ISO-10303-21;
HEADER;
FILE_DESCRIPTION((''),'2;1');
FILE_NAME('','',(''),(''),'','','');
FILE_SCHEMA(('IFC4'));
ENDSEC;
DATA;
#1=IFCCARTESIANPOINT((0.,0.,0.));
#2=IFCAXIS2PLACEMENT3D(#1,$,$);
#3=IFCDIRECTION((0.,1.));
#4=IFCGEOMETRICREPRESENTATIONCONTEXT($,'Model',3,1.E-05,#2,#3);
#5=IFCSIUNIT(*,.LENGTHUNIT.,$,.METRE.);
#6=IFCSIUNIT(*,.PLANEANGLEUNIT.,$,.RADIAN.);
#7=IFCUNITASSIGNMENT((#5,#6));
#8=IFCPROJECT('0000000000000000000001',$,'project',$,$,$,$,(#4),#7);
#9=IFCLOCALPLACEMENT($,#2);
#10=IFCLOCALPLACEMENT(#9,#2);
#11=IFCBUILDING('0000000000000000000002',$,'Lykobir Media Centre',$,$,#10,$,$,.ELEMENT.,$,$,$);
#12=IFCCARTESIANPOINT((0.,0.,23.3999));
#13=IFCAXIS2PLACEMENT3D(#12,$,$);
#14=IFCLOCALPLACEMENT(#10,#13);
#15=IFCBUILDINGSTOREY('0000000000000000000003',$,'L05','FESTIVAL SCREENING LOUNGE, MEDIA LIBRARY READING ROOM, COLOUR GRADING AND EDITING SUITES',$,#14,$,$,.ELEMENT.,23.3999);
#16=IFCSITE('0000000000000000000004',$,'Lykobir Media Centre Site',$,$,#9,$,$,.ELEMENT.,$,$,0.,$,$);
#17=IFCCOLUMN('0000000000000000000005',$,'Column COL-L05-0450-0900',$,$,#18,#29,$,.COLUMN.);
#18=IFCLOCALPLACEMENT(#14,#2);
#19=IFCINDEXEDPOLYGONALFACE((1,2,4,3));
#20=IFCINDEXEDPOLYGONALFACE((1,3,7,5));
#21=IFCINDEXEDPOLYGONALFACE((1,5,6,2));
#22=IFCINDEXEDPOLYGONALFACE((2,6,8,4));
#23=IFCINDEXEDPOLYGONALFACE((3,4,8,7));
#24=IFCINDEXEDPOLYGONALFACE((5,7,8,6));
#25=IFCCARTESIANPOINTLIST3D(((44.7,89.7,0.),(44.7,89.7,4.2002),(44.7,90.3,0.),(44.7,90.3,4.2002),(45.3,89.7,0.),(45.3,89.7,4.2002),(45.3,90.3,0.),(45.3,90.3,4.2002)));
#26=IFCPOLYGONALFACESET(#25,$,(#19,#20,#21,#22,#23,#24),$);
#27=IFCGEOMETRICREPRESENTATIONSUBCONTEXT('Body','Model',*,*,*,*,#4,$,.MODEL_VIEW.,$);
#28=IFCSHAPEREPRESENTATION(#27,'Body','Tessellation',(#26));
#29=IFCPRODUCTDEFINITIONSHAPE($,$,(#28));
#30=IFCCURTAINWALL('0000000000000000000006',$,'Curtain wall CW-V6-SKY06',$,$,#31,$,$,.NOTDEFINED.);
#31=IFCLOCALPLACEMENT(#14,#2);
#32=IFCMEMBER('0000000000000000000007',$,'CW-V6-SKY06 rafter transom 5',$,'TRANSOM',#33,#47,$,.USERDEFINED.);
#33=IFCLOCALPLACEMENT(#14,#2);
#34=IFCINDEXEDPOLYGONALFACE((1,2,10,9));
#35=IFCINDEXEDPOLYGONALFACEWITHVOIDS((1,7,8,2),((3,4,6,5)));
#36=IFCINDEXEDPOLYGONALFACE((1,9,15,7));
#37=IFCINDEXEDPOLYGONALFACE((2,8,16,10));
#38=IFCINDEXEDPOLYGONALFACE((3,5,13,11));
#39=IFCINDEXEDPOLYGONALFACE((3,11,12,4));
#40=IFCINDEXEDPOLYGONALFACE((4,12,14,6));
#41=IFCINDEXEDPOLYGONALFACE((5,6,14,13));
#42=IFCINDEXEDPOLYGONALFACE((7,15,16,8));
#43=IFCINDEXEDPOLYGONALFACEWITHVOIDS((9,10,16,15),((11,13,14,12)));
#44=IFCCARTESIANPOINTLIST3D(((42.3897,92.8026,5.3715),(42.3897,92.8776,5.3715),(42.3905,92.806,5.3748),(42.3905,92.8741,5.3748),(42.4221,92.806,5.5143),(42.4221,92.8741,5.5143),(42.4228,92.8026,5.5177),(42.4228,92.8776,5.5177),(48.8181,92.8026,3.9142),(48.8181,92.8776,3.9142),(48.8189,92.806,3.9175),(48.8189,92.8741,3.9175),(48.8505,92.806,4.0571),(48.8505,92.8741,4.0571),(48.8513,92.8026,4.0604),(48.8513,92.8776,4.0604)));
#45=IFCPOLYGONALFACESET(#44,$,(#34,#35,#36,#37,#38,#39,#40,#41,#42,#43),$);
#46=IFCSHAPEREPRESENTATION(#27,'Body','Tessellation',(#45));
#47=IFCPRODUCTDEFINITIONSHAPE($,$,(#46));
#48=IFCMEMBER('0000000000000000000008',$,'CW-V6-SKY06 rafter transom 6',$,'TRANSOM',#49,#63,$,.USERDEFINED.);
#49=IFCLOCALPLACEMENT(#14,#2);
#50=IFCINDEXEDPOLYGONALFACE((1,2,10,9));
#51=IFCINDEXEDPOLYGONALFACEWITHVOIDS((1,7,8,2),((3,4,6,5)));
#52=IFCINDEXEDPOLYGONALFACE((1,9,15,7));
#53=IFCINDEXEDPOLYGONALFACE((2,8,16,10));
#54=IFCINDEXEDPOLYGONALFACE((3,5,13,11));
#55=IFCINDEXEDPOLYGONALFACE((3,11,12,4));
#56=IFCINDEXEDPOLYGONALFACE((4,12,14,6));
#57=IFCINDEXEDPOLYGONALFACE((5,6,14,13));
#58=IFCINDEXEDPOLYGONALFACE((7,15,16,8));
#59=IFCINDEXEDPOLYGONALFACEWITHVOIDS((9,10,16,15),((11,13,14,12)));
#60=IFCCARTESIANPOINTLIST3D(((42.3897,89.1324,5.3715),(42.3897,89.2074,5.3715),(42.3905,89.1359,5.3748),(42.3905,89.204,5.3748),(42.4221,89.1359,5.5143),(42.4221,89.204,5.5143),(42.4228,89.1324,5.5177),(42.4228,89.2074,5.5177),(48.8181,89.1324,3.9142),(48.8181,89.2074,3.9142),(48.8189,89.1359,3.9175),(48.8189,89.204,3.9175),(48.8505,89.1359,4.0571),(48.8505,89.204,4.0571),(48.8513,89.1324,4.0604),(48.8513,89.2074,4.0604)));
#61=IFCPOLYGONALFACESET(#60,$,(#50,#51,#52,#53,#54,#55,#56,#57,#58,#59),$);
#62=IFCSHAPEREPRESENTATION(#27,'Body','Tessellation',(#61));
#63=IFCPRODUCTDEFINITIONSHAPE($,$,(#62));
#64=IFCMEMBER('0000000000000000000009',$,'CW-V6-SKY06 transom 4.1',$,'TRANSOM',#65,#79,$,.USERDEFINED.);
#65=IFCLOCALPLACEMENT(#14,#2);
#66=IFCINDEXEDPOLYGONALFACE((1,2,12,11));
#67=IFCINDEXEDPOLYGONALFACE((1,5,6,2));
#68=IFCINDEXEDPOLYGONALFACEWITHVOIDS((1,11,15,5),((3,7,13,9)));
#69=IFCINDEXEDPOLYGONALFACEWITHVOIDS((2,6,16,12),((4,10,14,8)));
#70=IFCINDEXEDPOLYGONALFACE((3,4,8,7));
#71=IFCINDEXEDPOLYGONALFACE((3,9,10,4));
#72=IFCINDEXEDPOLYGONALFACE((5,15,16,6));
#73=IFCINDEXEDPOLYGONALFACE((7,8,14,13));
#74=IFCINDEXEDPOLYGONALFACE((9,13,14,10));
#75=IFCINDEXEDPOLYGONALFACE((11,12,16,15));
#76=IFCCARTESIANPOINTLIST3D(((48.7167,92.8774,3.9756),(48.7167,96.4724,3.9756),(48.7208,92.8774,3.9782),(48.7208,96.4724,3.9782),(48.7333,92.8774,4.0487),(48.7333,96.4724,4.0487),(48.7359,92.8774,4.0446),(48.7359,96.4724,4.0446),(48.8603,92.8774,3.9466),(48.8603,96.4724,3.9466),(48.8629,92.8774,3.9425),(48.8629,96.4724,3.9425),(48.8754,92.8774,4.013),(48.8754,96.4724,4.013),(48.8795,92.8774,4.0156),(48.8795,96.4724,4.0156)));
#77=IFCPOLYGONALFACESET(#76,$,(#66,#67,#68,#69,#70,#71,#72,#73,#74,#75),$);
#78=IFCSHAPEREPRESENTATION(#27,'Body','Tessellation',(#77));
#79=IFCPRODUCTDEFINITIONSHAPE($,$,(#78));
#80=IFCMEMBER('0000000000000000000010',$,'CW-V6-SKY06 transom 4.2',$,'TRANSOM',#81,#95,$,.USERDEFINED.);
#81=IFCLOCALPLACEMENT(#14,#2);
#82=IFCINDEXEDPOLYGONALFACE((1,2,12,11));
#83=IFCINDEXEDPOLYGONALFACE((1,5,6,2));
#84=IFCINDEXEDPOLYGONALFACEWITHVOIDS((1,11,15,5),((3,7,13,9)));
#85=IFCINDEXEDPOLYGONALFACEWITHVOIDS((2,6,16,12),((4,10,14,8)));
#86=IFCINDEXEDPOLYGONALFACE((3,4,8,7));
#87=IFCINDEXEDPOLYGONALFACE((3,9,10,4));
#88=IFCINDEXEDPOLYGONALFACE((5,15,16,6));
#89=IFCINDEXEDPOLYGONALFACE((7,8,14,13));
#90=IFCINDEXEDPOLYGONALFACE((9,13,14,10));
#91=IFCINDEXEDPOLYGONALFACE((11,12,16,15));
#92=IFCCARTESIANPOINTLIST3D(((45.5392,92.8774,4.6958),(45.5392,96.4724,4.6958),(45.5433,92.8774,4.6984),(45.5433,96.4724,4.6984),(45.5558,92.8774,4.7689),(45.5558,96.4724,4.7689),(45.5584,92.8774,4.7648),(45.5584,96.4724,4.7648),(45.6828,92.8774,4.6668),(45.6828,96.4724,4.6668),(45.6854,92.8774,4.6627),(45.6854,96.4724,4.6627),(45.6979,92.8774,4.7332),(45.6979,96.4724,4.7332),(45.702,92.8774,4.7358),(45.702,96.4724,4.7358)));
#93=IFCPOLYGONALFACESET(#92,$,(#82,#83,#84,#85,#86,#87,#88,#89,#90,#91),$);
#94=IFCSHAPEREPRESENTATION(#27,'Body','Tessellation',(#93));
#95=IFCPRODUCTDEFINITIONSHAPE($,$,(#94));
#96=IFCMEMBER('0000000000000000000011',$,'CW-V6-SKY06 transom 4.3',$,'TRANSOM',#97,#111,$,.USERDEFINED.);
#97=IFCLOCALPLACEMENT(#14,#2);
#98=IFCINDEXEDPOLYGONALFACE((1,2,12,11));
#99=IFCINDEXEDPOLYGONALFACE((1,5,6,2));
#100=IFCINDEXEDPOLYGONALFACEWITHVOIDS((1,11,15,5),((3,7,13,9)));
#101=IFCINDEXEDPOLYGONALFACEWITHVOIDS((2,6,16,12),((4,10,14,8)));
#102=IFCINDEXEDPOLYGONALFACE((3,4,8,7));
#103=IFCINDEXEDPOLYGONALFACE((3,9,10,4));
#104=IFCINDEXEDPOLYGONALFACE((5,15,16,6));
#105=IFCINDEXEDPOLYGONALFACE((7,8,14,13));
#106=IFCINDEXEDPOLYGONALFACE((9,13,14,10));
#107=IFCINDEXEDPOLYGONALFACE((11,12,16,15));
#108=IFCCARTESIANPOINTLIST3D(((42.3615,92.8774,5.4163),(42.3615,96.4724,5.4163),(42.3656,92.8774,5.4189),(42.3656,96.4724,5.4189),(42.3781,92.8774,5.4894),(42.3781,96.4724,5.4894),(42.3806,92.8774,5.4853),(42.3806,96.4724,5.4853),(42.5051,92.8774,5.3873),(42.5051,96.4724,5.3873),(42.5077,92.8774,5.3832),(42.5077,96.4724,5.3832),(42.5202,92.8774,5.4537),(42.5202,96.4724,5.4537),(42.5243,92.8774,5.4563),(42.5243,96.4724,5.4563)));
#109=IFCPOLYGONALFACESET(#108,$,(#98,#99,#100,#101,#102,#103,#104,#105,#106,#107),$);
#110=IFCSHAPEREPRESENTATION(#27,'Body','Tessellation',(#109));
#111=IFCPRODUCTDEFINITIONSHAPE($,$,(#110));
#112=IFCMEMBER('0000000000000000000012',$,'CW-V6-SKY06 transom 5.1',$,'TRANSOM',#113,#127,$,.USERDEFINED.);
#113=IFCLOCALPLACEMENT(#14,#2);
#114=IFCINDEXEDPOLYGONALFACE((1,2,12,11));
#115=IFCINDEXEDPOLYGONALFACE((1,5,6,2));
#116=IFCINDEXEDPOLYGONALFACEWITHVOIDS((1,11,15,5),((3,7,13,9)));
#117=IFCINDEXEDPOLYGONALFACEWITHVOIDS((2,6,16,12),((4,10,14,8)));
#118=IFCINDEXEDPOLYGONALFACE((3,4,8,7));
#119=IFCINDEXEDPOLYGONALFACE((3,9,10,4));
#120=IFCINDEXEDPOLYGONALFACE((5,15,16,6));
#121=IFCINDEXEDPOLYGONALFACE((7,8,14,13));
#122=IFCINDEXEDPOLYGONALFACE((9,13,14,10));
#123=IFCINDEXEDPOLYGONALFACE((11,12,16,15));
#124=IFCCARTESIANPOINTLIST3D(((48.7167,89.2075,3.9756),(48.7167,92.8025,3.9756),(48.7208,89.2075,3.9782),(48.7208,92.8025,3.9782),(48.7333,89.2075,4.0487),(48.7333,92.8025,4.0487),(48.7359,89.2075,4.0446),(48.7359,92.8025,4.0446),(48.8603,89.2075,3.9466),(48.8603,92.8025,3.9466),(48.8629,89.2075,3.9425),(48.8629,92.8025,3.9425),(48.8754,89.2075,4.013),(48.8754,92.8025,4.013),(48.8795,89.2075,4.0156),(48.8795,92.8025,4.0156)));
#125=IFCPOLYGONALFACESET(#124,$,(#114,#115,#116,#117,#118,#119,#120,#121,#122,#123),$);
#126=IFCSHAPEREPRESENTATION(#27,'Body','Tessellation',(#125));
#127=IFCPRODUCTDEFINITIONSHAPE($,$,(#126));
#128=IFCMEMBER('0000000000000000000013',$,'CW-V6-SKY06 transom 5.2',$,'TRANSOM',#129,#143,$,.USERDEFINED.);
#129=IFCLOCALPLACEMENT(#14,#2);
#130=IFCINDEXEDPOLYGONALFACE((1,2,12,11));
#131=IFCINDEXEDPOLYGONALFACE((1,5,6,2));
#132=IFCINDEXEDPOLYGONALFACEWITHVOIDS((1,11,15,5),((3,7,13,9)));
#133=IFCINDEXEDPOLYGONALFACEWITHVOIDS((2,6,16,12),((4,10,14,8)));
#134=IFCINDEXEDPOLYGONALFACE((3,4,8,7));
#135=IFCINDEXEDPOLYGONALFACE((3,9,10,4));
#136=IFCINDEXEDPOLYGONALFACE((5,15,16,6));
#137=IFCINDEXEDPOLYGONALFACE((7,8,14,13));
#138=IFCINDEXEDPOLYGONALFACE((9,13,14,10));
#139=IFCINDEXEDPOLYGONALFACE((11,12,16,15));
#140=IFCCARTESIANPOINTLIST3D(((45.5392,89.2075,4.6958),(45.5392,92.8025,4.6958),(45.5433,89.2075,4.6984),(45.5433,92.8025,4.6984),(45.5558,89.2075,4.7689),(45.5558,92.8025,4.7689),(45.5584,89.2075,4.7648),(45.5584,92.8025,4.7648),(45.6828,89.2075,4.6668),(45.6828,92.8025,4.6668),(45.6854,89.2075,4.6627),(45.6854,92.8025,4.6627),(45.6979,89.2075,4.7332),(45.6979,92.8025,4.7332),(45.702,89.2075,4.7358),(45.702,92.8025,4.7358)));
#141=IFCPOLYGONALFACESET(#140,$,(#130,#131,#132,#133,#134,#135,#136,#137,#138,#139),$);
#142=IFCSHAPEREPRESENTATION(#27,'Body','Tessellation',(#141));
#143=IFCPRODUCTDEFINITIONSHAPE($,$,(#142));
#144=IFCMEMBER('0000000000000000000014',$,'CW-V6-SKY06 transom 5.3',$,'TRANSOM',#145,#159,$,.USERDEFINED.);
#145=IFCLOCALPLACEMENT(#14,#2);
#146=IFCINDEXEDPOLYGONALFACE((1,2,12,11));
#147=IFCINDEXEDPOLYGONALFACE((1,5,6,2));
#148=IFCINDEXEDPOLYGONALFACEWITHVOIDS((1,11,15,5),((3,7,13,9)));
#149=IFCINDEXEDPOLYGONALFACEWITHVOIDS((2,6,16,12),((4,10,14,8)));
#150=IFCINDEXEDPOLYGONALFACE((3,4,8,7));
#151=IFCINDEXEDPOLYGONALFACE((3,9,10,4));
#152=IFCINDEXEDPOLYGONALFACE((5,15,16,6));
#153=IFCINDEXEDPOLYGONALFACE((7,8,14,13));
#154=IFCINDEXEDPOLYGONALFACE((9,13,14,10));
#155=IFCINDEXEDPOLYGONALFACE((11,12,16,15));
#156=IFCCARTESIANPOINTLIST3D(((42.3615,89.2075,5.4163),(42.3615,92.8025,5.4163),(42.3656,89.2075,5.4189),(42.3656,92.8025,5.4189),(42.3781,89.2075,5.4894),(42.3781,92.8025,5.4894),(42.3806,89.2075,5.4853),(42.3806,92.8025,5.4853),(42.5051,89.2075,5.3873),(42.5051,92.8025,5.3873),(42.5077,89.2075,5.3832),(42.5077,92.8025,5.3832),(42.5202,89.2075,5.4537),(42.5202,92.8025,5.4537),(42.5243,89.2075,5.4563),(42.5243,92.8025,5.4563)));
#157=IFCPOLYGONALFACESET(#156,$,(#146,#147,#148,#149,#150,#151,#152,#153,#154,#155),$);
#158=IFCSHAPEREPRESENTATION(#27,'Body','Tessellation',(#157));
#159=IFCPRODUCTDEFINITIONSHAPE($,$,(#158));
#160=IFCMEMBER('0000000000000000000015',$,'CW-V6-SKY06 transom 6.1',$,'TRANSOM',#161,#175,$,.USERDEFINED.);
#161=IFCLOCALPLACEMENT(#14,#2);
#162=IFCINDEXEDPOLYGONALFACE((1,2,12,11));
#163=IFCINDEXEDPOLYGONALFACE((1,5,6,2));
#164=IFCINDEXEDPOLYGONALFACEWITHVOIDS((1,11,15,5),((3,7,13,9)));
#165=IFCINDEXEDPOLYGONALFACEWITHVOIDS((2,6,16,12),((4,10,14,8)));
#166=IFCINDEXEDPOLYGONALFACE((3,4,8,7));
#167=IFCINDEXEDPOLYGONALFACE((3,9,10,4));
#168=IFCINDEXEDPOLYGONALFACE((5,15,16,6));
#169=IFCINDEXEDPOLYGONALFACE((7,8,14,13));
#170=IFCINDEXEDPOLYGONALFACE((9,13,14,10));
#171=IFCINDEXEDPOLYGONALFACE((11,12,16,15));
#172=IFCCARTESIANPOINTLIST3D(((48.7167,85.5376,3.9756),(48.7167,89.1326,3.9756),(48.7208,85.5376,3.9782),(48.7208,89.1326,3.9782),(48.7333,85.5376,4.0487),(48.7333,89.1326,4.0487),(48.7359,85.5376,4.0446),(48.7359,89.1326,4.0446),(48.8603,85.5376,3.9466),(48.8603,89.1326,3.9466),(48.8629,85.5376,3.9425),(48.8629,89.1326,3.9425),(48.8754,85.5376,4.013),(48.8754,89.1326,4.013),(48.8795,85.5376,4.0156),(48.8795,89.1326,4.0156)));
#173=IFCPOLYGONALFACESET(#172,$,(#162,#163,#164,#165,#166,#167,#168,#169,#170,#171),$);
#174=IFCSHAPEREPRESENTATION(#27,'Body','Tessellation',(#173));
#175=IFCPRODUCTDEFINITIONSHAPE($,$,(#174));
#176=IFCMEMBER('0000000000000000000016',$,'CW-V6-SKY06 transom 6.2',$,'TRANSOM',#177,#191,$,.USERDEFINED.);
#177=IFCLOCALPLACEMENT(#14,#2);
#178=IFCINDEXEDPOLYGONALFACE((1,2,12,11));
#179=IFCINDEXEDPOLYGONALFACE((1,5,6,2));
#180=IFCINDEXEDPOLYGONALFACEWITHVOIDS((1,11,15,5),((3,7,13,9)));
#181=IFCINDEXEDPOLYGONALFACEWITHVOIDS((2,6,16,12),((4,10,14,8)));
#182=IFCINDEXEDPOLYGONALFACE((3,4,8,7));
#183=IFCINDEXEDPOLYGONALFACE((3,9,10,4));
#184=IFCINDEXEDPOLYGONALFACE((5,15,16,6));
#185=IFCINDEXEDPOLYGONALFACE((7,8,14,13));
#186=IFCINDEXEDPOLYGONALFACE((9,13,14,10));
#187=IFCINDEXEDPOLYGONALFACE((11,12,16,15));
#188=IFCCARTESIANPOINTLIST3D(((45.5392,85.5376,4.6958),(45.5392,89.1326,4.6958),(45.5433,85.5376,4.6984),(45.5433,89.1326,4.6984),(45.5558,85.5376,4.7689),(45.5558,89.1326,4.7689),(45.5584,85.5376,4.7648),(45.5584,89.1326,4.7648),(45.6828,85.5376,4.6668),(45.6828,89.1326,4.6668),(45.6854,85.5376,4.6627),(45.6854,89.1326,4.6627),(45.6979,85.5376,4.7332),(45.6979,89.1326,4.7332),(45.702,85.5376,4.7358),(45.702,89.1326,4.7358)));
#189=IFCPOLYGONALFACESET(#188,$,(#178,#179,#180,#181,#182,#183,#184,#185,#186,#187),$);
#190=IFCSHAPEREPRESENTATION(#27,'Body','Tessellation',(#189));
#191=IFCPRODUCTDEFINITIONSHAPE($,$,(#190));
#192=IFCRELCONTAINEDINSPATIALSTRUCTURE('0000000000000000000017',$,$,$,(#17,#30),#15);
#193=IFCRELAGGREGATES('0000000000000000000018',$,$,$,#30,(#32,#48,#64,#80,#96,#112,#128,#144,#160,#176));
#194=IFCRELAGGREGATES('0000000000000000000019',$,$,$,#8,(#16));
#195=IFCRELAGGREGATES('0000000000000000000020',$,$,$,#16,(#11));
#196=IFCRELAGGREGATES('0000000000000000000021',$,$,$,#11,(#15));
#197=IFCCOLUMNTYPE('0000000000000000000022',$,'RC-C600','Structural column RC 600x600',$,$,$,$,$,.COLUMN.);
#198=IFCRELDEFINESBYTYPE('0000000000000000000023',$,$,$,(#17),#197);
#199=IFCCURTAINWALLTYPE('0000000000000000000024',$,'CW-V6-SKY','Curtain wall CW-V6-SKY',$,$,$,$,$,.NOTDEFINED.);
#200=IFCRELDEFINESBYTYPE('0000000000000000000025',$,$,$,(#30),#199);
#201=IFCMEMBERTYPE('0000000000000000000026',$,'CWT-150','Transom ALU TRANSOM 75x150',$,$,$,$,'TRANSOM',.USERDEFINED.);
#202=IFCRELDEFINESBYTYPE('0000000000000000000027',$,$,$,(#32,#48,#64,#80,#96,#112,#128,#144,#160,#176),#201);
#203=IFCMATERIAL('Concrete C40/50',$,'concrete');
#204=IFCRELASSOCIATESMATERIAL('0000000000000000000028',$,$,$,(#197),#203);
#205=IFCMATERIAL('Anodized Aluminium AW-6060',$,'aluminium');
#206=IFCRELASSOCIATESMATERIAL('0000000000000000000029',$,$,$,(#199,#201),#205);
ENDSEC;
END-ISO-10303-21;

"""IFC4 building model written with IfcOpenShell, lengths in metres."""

from ifc_helpers import new_model, si_unit, direction, frame, origin, origin_2d, place, context, subcontext, project, spatial, rectangle, hollow_rectangle, extrude, material, material_profile, profile_set, type_object, element, aggregate, save


model = new_model("IFC4")

# Units and contexts
model_context = context("Model", 3, precision=1e-05, world=origin(), true_north=direction((0.0, 1.0)))
body_context = subcontext(model_context, "Body", "Model", "MODEL_VIEW")
ifc_project = project(units=[si_unit("LENGTHUNIT", "METRE"), si_unit("PLANEANGLEUNIT", "RADIAN")], contexts=[model_context])

# Site, building, storey
site_placement = place(None, origin())
site = spatial("IfcSite", under=ifc_project, at=site_placement, Name="Lykobir Media Centre Site", CompositionType="ELEMENT", RefElevation=0.0)
building_placement = place(site_placement, origin())
building = spatial("IfcBuilding", under=site, at=building_placement, Name="Lykobir Media Centre", CompositionType="ELEMENT")
storey_placement = place(building_placement, frame((0.0, 0.0, 23.3999)))
storey = spatial("IfcBuildingStorey", under=building, at=storey_placement, Name="L05", Description="FESTIVAL SCREENING LOUNGE, MEDIA LIBRARY READING ROOM, COLOUR GRADING AND EDITING SUITES", CompositionType="ELEMENT", Elevation=23.3999)

# Column
ifc_material_1 = material(Name="Concrete C40/50", Category="concrete")
ifc_material_profile_1 = material_profile(ifc_material_1, rectangle(XDim=0.6001, YDim=0.6001, at=origin_2d()), Name="RC 600x600")
ifc_profile_set_1 = profile_set([ifc_material_profile_1], Name="Concrete C40/50")
column_type = type_object("IfcColumnType", Name="RC-C600", Description="Structural column RC 600x600", PredefinedType="COLUMN", material=ifc_profile_set_1)
column_placement = place(storey_placement, frame((45.0, 90.0, 0.0), z_axis=(0.0, 0.0, 1.0), x_axis=(1.0, 0.0, 0.0)))
element("IfcColumn", 1, at=column_placement, inside=storey, type_object=column_type, Name="Column COL-L05-0450-0900", PredefinedType="COLUMN", context=body_context, shape_type="SweptSolid", body=[
    extrude(rectangle(XDim=0.6001, YDim=0.6001, at=origin_2d()), origin(), (0.0, 0.0, 1.0), 4.2002),
])

# Curtain wall, members
ifc_material_2 = material(Name="Anodized Aluminium AW-6060", Category="aluminium")
curtain_wall_type = type_object("IfcCurtainWallType", Name="CW-V6-SKY", Description="Curtain wall CW-V6-SKY", PredefinedType="NOTDEFINED", material=ifc_material_2)
curtain_wall_1_placement = place(storey_placement, origin())
curtain_wall_1 = element("IfcCurtainWall", 2, at=curtain_wall_1_placement, inside=storey, type_object=curtain_wall_type, Name="Curtain wall CW-V6-SKY06", PredefinedType="NOTDEFINED")
ifc_material_profile_2 = material_profile(ifc_material_2, hollow_rectangle(XDim=0.075, YDim=0.1499, WallThickness=0.0034, at=origin_2d()), Name="ALU TRANSOM 75x150")
ifc_profile_set_2 = profile_set([ifc_material_profile_2], Name="Anodized Aluminium AW-6060")
member_type = type_object("IfcMemberType", Name="CWT-150", Description="Transom ALU TRANSOM 75x150", ElementType="TRANSOM", PredefinedType="USERDEFINED", material=ifc_profile_set_2)
member_1_placement = place(storey_placement, frame((48.8347, 92.8401, 3.9873), z_axis=(-0.975255, 0.0, 0.221082), x_axis=(0.0, -1.0, 0.0)))
member_1 = element("IfcMember", 3, at=member_1_placement, type_object=member_type, Name="CW-V6-SKY06 rafter transom 5", ObjectType="TRANSOM", PredefinedType="USERDEFINED", context=body_context, shape_type="SweptSolid", body=[
    extrude(hollow_rectangle(XDim=0.075, YDim=0.1499, WallThickness=0.0034, at=origin_2d()), origin(), (0.0, 0.0, 1.0), 6.5916),
])
member_2_placement = place(storey_placement, frame((48.8347, 89.1699, 3.9873), z_axis=(-0.975255, 0.0, 0.221082), x_axis=(0.0, -1.0, 0.0)))
member_2 = element("IfcMember", 4, at=member_2_placement, type_object=member_type, Name="CW-V6-SKY06 rafter transom 6", ObjectType="TRANSOM", PredefinedType="USERDEFINED", context=body_context, shape_type="SweptSolid", body=[
    extrude(hollow_rectangle(XDim=0.075, YDim=0.1499, WallThickness=0.0034, at=origin_2d()), origin(), (0.0, 0.0, 1.0), 6.5916),
])
member_3_placement = place(storey_placement, frame((48.7981, 96.4724, 3.9956), z_axis=(0.0, -1.0, 0.0), x_axis=(0.221072, 0.0, 0.975258)))
member_3 = element("IfcMember", 5, at=member_3_placement, type_object=member_type, Name="CW-V6-SKY06 transom 4.1", ObjectType="TRANSOM", PredefinedType="USERDEFINED", context=body_context, shape_type="SweptSolid", body=[
    extrude(hollow_rectangle(XDim=0.075, YDim=0.1499, WallThickness=0.0034, at=origin_2d()), origin(), (0.0, 0.0, 1.0), 3.595),
])
member_4_placement = place(storey_placement, frame((45.6206, 96.4724, 4.7158), z_axis=(0.0, -1.0, 0.0), x_axis=(0.221072, 0.0, 0.975258)))
member_4 = element("IfcMember", 6, at=member_4_placement, type_object=member_type, Name="CW-V6-SKY06 transom 4.2", ObjectType="TRANSOM", PredefinedType="USERDEFINED", context=body_context, shape_type="SweptSolid", body=[
    extrude(hollow_rectangle(XDim=0.075, YDim=0.1499, WallThickness=0.0034, at=origin_2d()), origin(), (0.0, 0.0, 1.0), 3.595),
])
member_5_placement = place(storey_placement, frame((42.4429, 96.4724, 5.4363), z_axis=(0.0, -1.0, 0.0), x_axis=(0.221072, 0.0, 0.975258)))
member_5 = element("IfcMember", 7, at=member_5_placement, type_object=member_type, Name="CW-V6-SKY06 transom 4.3", ObjectType="TRANSOM", PredefinedType="USERDEFINED", context=body_context, shape_type="SweptSolid", body=[
    extrude(hollow_rectangle(XDim=0.075, YDim=0.1499, WallThickness=0.0034, at=origin_2d()), origin(), (0.0, 0.0, 1.0), 3.595),
])
member_6_placement = place(storey_placement, frame((48.7981, 92.8025, 3.9956), z_axis=(0.0, -1.0, 0.0), x_axis=(0.221072, 0.0, 0.975258)))
member_6 = element("IfcMember", 8, at=member_6_placement, type_object=member_type, Name="CW-V6-SKY06 transom 5.1", ObjectType="TRANSOM", PredefinedType="USERDEFINED", context=body_context, shape_type="SweptSolid", body=[
    extrude(hollow_rectangle(XDim=0.075, YDim=0.1499, WallThickness=0.0034, at=origin_2d()), origin(), (0.0, 0.0, 1.0), 3.595),
])
member_7_placement = place(storey_placement, frame((45.6206, 92.8025, 4.7158), z_axis=(0.0, -1.0, 0.0), x_axis=(0.221072, 0.0, 0.975258)))
member_7 = element("IfcMember", 9, at=member_7_placement, type_object=member_type, Name="CW-V6-SKY06 transom 5.2", ObjectType="TRANSOM", PredefinedType="USERDEFINED", context=body_context, shape_type="SweptSolid", body=[
    extrude(hollow_rectangle(XDim=0.075, YDim=0.1499, WallThickness=0.0034, at=origin_2d()), origin(), (0.0, 0.0, 1.0), 3.595),
])
member_8_placement = place(storey_placement, frame((42.4429, 92.8025, 5.4363), z_axis=(0.0, -1.0, 0.0), x_axis=(0.221072, 0.0, 0.975258)))
member_8 = element("IfcMember", 10, at=member_8_placement, type_object=member_type, Name="CW-V6-SKY06 transom 5.3", ObjectType="TRANSOM", PredefinedType="USERDEFINED", context=body_context, shape_type="SweptSolid", body=[
    extrude(hollow_rectangle(XDim=0.075, YDim=0.1499, WallThickness=0.0034, at=origin_2d()), origin(), (0.0, 0.0, 1.0), 3.595),
])
member_9_placement = place(storey_placement, frame((48.7981, 89.1326, 3.9956), z_axis=(0.0, -1.0, 0.0), x_axis=(0.221072, 0.0, 0.975258)))
member_9 = element("IfcMember", 11, at=member_9_placement, type_object=member_type, Name="CW-V6-SKY06 transom 6.1", ObjectType="TRANSOM", PredefinedType="USERDEFINED", context=body_context, shape_type="SweptSolid", body=[
    extrude(hollow_rectangle(XDim=0.075, YDim=0.1499, WallThickness=0.0034, at=origin_2d()), origin(), (0.0, 0.0, 1.0), 3.595),
])
member_10_placement = place(storey_placement, frame((45.6206, 89.1326, 4.7158), z_axis=(0.0, -1.0, 0.0), x_axis=(0.221072, 0.0, 0.975258)))
member_10 = element("IfcMember", 12, at=member_10_placement, type_object=member_type, Name="CW-V6-SKY06 transom 6.2", ObjectType="TRANSOM", PredefinedType="USERDEFINED", context=body_context, shape_type="SweptSolid", body=[
    extrude(hollow_rectangle(XDim=0.075, YDim=0.1499, WallThickness=0.0034, at=origin_2d()), origin(), (0.0, 0.0, 1.0), 3.595),
])

aggregate(curtain_wall_1, [member_1, member_2, member_3, member_4, member_5, member_6, member_7, member_8, member_9, member_10])

save(model, "model.ifc")
